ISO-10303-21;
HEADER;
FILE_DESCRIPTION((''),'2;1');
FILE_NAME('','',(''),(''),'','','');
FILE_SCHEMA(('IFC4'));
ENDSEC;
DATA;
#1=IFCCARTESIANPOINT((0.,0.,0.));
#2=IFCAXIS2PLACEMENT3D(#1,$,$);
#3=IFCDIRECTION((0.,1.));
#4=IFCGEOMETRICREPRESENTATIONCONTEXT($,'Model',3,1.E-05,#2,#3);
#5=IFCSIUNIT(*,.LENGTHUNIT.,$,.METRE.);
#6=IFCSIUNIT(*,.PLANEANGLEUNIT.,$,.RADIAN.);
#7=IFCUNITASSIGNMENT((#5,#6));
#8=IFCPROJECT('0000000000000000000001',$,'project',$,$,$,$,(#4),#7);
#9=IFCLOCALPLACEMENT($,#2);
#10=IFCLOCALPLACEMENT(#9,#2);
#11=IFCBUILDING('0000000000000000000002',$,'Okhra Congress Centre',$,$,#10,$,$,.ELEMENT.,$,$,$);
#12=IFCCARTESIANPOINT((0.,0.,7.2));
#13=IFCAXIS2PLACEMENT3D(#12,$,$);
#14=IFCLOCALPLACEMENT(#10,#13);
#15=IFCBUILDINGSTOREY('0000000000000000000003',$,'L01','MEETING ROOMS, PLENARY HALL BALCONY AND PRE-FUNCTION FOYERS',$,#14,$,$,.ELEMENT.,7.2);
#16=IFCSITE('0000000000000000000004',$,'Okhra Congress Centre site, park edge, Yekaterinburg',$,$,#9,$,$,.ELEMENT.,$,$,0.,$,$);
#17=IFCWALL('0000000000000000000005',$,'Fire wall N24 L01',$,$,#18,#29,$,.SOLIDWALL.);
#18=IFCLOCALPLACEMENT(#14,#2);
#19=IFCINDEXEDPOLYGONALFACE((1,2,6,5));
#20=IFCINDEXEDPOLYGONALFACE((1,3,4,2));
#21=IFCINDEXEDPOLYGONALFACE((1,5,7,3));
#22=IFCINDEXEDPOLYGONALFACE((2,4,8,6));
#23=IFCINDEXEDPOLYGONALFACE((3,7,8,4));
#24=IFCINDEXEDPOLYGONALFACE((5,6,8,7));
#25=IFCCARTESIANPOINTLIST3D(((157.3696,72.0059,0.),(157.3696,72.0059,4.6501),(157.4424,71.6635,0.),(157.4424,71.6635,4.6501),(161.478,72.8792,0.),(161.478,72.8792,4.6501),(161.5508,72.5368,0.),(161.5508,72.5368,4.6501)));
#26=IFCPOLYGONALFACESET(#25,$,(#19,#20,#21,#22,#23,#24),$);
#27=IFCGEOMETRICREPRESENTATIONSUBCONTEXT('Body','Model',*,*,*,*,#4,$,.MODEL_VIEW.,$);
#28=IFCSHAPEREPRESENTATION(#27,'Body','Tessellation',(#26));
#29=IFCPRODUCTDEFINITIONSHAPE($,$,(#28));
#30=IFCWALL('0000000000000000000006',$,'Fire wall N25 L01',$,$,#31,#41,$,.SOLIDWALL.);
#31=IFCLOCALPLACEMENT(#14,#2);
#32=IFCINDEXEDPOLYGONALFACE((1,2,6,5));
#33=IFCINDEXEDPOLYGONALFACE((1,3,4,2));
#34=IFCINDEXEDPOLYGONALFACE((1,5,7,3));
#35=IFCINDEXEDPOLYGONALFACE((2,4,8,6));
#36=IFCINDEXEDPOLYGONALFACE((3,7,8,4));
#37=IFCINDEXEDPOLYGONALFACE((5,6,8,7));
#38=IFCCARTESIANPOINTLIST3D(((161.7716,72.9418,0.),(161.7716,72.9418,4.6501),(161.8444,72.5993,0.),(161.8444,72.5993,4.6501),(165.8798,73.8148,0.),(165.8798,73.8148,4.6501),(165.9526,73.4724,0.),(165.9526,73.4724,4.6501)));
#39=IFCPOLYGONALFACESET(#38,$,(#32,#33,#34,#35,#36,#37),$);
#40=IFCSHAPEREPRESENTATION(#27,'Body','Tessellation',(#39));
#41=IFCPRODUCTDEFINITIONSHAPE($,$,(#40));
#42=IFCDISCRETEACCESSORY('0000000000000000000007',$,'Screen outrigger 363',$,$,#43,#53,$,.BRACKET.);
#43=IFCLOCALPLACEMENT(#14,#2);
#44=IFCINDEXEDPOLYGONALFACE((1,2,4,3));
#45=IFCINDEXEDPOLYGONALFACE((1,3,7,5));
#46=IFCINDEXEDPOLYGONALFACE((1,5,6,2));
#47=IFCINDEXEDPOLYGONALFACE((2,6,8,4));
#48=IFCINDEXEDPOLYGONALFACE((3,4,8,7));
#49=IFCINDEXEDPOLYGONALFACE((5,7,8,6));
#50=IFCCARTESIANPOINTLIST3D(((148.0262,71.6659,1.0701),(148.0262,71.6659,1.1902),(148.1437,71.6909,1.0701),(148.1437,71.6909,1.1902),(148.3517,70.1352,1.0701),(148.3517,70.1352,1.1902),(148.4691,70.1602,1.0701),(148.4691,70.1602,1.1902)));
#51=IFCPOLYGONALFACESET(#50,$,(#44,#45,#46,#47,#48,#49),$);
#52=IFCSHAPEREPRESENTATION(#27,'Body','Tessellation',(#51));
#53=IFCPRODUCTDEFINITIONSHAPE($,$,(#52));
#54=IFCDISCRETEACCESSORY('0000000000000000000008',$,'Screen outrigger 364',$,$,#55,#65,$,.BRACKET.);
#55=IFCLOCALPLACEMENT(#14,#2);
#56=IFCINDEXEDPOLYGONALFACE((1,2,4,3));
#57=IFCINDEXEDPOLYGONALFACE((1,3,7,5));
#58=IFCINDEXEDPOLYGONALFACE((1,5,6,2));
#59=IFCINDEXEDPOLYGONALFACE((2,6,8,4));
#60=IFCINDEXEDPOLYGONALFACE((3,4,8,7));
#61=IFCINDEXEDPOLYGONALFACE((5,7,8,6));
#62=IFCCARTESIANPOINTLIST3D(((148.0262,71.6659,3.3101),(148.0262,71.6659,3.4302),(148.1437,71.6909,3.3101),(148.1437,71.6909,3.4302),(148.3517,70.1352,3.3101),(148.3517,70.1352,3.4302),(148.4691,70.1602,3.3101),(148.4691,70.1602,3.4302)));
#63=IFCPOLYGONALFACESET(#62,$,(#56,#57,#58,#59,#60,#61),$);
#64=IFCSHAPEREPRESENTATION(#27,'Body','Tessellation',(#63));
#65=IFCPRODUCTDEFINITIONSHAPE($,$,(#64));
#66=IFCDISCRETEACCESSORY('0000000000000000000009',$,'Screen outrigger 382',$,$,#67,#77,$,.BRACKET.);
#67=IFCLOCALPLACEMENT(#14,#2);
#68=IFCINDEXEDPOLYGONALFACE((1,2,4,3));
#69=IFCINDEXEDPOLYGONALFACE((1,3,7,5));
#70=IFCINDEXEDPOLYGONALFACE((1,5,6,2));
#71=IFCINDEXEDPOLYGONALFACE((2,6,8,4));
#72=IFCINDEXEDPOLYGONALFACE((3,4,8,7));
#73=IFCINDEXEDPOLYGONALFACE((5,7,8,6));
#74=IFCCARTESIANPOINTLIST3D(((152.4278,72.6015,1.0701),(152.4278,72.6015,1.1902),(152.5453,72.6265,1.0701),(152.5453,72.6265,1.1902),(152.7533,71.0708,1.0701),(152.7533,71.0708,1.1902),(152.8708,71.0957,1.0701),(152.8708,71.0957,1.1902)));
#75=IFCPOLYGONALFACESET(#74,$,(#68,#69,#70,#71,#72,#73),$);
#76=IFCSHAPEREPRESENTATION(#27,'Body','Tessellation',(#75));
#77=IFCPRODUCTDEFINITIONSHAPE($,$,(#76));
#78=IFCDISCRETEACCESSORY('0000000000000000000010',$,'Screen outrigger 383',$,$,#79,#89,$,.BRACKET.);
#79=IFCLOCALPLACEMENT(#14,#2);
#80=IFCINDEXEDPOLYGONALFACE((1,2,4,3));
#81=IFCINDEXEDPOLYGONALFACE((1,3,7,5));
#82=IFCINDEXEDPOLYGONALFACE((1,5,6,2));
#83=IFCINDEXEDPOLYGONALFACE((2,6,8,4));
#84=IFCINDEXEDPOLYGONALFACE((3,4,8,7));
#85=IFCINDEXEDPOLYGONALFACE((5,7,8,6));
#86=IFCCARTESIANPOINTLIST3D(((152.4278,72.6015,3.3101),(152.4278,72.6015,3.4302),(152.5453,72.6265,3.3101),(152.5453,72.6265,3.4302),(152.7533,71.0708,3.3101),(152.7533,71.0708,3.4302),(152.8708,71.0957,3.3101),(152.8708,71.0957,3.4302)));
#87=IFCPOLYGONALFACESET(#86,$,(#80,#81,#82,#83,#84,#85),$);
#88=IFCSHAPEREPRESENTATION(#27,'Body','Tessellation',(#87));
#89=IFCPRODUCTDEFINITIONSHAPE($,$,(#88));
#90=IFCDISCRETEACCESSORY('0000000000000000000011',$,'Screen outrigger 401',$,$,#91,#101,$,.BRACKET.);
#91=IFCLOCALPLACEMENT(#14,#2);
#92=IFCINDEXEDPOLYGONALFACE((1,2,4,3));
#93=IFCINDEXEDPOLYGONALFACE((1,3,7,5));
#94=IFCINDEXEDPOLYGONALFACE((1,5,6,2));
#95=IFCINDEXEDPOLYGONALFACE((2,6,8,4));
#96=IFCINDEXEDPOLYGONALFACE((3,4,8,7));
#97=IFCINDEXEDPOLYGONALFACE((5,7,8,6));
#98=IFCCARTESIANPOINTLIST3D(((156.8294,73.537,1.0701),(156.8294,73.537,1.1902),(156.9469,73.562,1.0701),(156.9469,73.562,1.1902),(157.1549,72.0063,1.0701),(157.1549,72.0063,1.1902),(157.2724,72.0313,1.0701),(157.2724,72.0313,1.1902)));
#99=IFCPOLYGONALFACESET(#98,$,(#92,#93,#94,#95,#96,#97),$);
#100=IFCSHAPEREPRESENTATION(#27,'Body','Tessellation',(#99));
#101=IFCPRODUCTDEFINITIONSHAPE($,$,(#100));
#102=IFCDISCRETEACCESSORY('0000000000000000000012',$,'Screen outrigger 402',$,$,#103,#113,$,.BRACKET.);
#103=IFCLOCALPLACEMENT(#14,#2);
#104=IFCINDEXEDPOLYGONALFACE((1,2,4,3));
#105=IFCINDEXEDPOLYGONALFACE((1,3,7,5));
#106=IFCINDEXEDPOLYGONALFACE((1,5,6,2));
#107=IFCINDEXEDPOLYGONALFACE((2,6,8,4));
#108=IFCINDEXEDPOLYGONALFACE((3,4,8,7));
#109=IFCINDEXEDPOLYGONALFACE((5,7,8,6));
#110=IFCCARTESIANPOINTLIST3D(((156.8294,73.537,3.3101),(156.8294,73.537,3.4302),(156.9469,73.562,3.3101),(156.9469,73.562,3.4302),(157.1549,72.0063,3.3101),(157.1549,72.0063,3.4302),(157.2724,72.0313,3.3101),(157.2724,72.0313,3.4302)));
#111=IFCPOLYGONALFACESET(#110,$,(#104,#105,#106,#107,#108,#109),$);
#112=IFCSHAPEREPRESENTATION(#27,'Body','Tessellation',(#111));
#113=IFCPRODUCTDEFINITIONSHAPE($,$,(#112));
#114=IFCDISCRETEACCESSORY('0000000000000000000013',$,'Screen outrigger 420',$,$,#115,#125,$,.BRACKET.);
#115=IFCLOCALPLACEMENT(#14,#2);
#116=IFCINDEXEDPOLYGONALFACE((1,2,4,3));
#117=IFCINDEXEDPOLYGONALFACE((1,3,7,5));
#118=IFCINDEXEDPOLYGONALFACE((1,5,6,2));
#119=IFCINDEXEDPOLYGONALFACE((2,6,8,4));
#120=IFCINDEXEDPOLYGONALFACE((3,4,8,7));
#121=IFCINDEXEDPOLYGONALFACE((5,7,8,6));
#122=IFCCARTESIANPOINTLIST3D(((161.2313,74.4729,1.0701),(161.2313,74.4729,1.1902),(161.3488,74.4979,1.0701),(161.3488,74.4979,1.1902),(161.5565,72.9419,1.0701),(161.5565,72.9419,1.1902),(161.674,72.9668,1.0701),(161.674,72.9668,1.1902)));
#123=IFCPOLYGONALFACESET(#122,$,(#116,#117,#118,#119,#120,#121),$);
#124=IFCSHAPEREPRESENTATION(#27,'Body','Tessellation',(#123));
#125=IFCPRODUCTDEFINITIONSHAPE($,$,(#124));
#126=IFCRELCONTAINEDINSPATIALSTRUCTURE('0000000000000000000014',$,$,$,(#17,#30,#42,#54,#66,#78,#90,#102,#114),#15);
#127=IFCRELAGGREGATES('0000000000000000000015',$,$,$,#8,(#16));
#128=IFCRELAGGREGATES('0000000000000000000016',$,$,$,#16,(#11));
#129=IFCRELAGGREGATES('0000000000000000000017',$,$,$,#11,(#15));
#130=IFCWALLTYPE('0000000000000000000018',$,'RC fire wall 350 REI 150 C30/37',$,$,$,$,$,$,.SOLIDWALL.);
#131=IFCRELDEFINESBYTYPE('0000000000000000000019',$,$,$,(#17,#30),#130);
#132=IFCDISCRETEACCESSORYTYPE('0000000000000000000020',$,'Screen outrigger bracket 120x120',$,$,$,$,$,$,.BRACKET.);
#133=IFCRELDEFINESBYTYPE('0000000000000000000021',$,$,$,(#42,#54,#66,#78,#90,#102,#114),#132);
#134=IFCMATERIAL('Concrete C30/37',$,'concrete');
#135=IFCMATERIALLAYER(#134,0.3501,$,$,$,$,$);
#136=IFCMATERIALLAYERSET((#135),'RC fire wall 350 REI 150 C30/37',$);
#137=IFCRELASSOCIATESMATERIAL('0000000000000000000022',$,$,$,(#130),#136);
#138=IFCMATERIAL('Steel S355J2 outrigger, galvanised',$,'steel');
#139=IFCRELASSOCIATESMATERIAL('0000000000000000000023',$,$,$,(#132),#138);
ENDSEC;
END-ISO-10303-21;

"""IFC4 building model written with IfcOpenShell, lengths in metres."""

from ifc_helpers import new_model, si_unit, direction, frame, frame_2d, origin, origin_2d, place, context, subcontext, project, spatial, rectangle, extrude, material, layer, layer_set, material_profile, profile_set, type_object, element, save


model = new_model("IFC4")

# Units and contexts
model_context = context("Model", 3, precision=1e-05, world=origin(), true_north=direction((0.0, 1.0)))
body_context = subcontext(model_context, "Body", "Model", "MODEL_VIEW")
ifc_project = project(units=[si_unit("LENGTHUNIT", "METRE"), si_unit("PLANEANGLEUNIT", "RADIAN")], contexts=[model_context])

# Site, building, storey
site_placement = place(None, origin())
site = spatial("IfcSite", under=ifc_project, at=site_placement, Name="Okhra Congress Centre site, park edge, Yekaterinburg", CompositionType="ELEMENT", RefElevation=0.0)
building_placement = place(site_placement, origin())
building = spatial("IfcBuilding", under=site, at=building_placement, Name="Okhra Congress Centre", CompositionType="ELEMENT")
storey_placement = place(building_placement, frame((0.0, 0.0, 7.2)))
storey = spatial("IfcBuildingStorey", under=building, at=storey_placement, Name="L01", Description="MEETING ROOMS, PLENARY HALL BALCONY AND PRE-FUNCTION FOYERS", CompositionType="ELEMENT", Elevation=7.2)

# Walls
ifc_material_1 = material(Name="Concrete C30/37", Category="concrete")
ifc_layer_1 = layer(ifc_material_1, 0.3501)
ifc_layer_set_1 = layer_set([ifc_layer_1], Name="RC fire wall 350 REI 150 C30/37")
wall_type_1 = type_object("IfcWallType", Name="RC fire wall 350 REI 150 C30/37", PredefinedType="SOLIDWALL", material=ifc_layer_set_1)
wall_1_placement = place(storey_placement, frame((157.406, 71.8347, 0.0), z_axis=(0.0, 0.0, 1.0), x_axis=(0.978146, 0.207917, 0.0)))
element("IfcWall", 1, at=wall_1_placement, inside=storey, type_object=wall_type_1, Name="Fire wall N24 L01", PredefinedType="SOLIDWALL", context=body_context, shape_type="SweptSolid", body=[
    extrude(rectangle(XDim=4.2002, YDim=0.3501, at=frame_2d((2.1001, 0.0))), origin(), (0.0, 0.0, 1.0), 4.6501),
])
wall_2_placement = place(storey_placement, frame((161.8079, 72.7705, 0.0), z_axis=(0.0, 0.0, 1.0), x_axis=(0.978156, 0.207873, 0.0)))
element("IfcWall", 2, at=wall_2_placement, inside=storey, type_object=wall_type_1, Name="Fire wall N25 L01", PredefinedType="SOLIDWALL", context=body_context, shape_type="SweptSolid", body=[
    extrude(rectangle(XDim=4.2, YDim=0.3501, at=frame_2d((2.1001, 0.0))), origin(), (0.0, 0.0, 1.0), 4.6501),
])

# Discrete accessories
ifc_material_2 = material(Name="Steel S355J2 outrigger, galvanised", Category="steel")
ifc_material_profile_1 = material_profile(ifc_material_2, rectangle(XDim=0.1201, YDim=0.1201, at=origin_2d()), Name="Screen outrigger bracket 120x120")
ifc_profile_set_1 = profile_set([ifc_material_profile_1], Name="Steel S355J2 outrigger, galvanised")
discrete_accessory_type = type_object("IfcDiscreteAccessoryType", Name="Screen outrigger bracket 120x120", PredefinedType="BRACKET", material=ifc_profile_set_1)
for number, where, z_axis, x_axis, name in (
    (3, (148.4104, 70.1477, 1.1301), (-0.207952, 0.978139, 0.0), (-0.978139, -0.207952, 0.0), "Screen outrigger 363"),
    (4, (148.4104, 70.1477, 3.3701), (-0.207952, 0.978139, 0.0), (-0.978139, -0.207952, 0.0), "Screen outrigger 364"),
    (5, (152.812, 71.0833, 1.1301), (-0.207952, 0.978139, 0.0), (-0.978139, -0.207952, 0.0), "Screen outrigger 382"),
    (6, (152.812, 71.0833, 3.3701), (-0.207952, 0.978139, 0.0), (-0.978139, -0.207952, 0.0), "Screen outrigger 383"),
    (7, (157.2136, 72.0188, 1.1301), (-0.207952, 0.978139, 0.0), (-0.978139, -0.207952, 0.0), "Screen outrigger 401"),
    (8, (157.2136, 72.0188, 3.3701), (-0.207952, 0.978139, 0.0), (-0.978139, -0.207952, 0.0), "Screen outrigger 402"),
):
    element("IfcDiscreteAccessory", number, at=place(storey_placement, frame(where, z_axis=z_axis, x_axis=x_axis)), inside=storey, type_object=discrete_accessory_type, Name=name, PredefinedType="BRACKET", context=body_context, shape_type="SweptSolid", body=[
        extrude(rectangle(XDim=0.1201, YDim=0.1201, at=origin_2d()), origin(), (0.0, 0.0, 1.0), 1.5649),
    ])
discrete_accessory_placement = place(storey_placement, frame((161.6152, 72.9543, 1.1301), z_axis=(-0.207771, 0.978177, 0.0), x_axis=(-0.978177, -0.207771, 0.0)))
element("IfcDiscreteAccessory", 9, at=discrete_accessory_placement, inside=storey, type_object=discrete_accessory_type, Name="Screen outrigger 420", PredefinedType="BRACKET", context=body_context, shape_type="SweptSolid", body=[
    extrude(rectangle(XDim=0.1201, YDim=0.1201, at=origin_2d()), origin(), (0.0, 0.0, 1.0), 1.5652),
])

save(model, "model.ifc")
